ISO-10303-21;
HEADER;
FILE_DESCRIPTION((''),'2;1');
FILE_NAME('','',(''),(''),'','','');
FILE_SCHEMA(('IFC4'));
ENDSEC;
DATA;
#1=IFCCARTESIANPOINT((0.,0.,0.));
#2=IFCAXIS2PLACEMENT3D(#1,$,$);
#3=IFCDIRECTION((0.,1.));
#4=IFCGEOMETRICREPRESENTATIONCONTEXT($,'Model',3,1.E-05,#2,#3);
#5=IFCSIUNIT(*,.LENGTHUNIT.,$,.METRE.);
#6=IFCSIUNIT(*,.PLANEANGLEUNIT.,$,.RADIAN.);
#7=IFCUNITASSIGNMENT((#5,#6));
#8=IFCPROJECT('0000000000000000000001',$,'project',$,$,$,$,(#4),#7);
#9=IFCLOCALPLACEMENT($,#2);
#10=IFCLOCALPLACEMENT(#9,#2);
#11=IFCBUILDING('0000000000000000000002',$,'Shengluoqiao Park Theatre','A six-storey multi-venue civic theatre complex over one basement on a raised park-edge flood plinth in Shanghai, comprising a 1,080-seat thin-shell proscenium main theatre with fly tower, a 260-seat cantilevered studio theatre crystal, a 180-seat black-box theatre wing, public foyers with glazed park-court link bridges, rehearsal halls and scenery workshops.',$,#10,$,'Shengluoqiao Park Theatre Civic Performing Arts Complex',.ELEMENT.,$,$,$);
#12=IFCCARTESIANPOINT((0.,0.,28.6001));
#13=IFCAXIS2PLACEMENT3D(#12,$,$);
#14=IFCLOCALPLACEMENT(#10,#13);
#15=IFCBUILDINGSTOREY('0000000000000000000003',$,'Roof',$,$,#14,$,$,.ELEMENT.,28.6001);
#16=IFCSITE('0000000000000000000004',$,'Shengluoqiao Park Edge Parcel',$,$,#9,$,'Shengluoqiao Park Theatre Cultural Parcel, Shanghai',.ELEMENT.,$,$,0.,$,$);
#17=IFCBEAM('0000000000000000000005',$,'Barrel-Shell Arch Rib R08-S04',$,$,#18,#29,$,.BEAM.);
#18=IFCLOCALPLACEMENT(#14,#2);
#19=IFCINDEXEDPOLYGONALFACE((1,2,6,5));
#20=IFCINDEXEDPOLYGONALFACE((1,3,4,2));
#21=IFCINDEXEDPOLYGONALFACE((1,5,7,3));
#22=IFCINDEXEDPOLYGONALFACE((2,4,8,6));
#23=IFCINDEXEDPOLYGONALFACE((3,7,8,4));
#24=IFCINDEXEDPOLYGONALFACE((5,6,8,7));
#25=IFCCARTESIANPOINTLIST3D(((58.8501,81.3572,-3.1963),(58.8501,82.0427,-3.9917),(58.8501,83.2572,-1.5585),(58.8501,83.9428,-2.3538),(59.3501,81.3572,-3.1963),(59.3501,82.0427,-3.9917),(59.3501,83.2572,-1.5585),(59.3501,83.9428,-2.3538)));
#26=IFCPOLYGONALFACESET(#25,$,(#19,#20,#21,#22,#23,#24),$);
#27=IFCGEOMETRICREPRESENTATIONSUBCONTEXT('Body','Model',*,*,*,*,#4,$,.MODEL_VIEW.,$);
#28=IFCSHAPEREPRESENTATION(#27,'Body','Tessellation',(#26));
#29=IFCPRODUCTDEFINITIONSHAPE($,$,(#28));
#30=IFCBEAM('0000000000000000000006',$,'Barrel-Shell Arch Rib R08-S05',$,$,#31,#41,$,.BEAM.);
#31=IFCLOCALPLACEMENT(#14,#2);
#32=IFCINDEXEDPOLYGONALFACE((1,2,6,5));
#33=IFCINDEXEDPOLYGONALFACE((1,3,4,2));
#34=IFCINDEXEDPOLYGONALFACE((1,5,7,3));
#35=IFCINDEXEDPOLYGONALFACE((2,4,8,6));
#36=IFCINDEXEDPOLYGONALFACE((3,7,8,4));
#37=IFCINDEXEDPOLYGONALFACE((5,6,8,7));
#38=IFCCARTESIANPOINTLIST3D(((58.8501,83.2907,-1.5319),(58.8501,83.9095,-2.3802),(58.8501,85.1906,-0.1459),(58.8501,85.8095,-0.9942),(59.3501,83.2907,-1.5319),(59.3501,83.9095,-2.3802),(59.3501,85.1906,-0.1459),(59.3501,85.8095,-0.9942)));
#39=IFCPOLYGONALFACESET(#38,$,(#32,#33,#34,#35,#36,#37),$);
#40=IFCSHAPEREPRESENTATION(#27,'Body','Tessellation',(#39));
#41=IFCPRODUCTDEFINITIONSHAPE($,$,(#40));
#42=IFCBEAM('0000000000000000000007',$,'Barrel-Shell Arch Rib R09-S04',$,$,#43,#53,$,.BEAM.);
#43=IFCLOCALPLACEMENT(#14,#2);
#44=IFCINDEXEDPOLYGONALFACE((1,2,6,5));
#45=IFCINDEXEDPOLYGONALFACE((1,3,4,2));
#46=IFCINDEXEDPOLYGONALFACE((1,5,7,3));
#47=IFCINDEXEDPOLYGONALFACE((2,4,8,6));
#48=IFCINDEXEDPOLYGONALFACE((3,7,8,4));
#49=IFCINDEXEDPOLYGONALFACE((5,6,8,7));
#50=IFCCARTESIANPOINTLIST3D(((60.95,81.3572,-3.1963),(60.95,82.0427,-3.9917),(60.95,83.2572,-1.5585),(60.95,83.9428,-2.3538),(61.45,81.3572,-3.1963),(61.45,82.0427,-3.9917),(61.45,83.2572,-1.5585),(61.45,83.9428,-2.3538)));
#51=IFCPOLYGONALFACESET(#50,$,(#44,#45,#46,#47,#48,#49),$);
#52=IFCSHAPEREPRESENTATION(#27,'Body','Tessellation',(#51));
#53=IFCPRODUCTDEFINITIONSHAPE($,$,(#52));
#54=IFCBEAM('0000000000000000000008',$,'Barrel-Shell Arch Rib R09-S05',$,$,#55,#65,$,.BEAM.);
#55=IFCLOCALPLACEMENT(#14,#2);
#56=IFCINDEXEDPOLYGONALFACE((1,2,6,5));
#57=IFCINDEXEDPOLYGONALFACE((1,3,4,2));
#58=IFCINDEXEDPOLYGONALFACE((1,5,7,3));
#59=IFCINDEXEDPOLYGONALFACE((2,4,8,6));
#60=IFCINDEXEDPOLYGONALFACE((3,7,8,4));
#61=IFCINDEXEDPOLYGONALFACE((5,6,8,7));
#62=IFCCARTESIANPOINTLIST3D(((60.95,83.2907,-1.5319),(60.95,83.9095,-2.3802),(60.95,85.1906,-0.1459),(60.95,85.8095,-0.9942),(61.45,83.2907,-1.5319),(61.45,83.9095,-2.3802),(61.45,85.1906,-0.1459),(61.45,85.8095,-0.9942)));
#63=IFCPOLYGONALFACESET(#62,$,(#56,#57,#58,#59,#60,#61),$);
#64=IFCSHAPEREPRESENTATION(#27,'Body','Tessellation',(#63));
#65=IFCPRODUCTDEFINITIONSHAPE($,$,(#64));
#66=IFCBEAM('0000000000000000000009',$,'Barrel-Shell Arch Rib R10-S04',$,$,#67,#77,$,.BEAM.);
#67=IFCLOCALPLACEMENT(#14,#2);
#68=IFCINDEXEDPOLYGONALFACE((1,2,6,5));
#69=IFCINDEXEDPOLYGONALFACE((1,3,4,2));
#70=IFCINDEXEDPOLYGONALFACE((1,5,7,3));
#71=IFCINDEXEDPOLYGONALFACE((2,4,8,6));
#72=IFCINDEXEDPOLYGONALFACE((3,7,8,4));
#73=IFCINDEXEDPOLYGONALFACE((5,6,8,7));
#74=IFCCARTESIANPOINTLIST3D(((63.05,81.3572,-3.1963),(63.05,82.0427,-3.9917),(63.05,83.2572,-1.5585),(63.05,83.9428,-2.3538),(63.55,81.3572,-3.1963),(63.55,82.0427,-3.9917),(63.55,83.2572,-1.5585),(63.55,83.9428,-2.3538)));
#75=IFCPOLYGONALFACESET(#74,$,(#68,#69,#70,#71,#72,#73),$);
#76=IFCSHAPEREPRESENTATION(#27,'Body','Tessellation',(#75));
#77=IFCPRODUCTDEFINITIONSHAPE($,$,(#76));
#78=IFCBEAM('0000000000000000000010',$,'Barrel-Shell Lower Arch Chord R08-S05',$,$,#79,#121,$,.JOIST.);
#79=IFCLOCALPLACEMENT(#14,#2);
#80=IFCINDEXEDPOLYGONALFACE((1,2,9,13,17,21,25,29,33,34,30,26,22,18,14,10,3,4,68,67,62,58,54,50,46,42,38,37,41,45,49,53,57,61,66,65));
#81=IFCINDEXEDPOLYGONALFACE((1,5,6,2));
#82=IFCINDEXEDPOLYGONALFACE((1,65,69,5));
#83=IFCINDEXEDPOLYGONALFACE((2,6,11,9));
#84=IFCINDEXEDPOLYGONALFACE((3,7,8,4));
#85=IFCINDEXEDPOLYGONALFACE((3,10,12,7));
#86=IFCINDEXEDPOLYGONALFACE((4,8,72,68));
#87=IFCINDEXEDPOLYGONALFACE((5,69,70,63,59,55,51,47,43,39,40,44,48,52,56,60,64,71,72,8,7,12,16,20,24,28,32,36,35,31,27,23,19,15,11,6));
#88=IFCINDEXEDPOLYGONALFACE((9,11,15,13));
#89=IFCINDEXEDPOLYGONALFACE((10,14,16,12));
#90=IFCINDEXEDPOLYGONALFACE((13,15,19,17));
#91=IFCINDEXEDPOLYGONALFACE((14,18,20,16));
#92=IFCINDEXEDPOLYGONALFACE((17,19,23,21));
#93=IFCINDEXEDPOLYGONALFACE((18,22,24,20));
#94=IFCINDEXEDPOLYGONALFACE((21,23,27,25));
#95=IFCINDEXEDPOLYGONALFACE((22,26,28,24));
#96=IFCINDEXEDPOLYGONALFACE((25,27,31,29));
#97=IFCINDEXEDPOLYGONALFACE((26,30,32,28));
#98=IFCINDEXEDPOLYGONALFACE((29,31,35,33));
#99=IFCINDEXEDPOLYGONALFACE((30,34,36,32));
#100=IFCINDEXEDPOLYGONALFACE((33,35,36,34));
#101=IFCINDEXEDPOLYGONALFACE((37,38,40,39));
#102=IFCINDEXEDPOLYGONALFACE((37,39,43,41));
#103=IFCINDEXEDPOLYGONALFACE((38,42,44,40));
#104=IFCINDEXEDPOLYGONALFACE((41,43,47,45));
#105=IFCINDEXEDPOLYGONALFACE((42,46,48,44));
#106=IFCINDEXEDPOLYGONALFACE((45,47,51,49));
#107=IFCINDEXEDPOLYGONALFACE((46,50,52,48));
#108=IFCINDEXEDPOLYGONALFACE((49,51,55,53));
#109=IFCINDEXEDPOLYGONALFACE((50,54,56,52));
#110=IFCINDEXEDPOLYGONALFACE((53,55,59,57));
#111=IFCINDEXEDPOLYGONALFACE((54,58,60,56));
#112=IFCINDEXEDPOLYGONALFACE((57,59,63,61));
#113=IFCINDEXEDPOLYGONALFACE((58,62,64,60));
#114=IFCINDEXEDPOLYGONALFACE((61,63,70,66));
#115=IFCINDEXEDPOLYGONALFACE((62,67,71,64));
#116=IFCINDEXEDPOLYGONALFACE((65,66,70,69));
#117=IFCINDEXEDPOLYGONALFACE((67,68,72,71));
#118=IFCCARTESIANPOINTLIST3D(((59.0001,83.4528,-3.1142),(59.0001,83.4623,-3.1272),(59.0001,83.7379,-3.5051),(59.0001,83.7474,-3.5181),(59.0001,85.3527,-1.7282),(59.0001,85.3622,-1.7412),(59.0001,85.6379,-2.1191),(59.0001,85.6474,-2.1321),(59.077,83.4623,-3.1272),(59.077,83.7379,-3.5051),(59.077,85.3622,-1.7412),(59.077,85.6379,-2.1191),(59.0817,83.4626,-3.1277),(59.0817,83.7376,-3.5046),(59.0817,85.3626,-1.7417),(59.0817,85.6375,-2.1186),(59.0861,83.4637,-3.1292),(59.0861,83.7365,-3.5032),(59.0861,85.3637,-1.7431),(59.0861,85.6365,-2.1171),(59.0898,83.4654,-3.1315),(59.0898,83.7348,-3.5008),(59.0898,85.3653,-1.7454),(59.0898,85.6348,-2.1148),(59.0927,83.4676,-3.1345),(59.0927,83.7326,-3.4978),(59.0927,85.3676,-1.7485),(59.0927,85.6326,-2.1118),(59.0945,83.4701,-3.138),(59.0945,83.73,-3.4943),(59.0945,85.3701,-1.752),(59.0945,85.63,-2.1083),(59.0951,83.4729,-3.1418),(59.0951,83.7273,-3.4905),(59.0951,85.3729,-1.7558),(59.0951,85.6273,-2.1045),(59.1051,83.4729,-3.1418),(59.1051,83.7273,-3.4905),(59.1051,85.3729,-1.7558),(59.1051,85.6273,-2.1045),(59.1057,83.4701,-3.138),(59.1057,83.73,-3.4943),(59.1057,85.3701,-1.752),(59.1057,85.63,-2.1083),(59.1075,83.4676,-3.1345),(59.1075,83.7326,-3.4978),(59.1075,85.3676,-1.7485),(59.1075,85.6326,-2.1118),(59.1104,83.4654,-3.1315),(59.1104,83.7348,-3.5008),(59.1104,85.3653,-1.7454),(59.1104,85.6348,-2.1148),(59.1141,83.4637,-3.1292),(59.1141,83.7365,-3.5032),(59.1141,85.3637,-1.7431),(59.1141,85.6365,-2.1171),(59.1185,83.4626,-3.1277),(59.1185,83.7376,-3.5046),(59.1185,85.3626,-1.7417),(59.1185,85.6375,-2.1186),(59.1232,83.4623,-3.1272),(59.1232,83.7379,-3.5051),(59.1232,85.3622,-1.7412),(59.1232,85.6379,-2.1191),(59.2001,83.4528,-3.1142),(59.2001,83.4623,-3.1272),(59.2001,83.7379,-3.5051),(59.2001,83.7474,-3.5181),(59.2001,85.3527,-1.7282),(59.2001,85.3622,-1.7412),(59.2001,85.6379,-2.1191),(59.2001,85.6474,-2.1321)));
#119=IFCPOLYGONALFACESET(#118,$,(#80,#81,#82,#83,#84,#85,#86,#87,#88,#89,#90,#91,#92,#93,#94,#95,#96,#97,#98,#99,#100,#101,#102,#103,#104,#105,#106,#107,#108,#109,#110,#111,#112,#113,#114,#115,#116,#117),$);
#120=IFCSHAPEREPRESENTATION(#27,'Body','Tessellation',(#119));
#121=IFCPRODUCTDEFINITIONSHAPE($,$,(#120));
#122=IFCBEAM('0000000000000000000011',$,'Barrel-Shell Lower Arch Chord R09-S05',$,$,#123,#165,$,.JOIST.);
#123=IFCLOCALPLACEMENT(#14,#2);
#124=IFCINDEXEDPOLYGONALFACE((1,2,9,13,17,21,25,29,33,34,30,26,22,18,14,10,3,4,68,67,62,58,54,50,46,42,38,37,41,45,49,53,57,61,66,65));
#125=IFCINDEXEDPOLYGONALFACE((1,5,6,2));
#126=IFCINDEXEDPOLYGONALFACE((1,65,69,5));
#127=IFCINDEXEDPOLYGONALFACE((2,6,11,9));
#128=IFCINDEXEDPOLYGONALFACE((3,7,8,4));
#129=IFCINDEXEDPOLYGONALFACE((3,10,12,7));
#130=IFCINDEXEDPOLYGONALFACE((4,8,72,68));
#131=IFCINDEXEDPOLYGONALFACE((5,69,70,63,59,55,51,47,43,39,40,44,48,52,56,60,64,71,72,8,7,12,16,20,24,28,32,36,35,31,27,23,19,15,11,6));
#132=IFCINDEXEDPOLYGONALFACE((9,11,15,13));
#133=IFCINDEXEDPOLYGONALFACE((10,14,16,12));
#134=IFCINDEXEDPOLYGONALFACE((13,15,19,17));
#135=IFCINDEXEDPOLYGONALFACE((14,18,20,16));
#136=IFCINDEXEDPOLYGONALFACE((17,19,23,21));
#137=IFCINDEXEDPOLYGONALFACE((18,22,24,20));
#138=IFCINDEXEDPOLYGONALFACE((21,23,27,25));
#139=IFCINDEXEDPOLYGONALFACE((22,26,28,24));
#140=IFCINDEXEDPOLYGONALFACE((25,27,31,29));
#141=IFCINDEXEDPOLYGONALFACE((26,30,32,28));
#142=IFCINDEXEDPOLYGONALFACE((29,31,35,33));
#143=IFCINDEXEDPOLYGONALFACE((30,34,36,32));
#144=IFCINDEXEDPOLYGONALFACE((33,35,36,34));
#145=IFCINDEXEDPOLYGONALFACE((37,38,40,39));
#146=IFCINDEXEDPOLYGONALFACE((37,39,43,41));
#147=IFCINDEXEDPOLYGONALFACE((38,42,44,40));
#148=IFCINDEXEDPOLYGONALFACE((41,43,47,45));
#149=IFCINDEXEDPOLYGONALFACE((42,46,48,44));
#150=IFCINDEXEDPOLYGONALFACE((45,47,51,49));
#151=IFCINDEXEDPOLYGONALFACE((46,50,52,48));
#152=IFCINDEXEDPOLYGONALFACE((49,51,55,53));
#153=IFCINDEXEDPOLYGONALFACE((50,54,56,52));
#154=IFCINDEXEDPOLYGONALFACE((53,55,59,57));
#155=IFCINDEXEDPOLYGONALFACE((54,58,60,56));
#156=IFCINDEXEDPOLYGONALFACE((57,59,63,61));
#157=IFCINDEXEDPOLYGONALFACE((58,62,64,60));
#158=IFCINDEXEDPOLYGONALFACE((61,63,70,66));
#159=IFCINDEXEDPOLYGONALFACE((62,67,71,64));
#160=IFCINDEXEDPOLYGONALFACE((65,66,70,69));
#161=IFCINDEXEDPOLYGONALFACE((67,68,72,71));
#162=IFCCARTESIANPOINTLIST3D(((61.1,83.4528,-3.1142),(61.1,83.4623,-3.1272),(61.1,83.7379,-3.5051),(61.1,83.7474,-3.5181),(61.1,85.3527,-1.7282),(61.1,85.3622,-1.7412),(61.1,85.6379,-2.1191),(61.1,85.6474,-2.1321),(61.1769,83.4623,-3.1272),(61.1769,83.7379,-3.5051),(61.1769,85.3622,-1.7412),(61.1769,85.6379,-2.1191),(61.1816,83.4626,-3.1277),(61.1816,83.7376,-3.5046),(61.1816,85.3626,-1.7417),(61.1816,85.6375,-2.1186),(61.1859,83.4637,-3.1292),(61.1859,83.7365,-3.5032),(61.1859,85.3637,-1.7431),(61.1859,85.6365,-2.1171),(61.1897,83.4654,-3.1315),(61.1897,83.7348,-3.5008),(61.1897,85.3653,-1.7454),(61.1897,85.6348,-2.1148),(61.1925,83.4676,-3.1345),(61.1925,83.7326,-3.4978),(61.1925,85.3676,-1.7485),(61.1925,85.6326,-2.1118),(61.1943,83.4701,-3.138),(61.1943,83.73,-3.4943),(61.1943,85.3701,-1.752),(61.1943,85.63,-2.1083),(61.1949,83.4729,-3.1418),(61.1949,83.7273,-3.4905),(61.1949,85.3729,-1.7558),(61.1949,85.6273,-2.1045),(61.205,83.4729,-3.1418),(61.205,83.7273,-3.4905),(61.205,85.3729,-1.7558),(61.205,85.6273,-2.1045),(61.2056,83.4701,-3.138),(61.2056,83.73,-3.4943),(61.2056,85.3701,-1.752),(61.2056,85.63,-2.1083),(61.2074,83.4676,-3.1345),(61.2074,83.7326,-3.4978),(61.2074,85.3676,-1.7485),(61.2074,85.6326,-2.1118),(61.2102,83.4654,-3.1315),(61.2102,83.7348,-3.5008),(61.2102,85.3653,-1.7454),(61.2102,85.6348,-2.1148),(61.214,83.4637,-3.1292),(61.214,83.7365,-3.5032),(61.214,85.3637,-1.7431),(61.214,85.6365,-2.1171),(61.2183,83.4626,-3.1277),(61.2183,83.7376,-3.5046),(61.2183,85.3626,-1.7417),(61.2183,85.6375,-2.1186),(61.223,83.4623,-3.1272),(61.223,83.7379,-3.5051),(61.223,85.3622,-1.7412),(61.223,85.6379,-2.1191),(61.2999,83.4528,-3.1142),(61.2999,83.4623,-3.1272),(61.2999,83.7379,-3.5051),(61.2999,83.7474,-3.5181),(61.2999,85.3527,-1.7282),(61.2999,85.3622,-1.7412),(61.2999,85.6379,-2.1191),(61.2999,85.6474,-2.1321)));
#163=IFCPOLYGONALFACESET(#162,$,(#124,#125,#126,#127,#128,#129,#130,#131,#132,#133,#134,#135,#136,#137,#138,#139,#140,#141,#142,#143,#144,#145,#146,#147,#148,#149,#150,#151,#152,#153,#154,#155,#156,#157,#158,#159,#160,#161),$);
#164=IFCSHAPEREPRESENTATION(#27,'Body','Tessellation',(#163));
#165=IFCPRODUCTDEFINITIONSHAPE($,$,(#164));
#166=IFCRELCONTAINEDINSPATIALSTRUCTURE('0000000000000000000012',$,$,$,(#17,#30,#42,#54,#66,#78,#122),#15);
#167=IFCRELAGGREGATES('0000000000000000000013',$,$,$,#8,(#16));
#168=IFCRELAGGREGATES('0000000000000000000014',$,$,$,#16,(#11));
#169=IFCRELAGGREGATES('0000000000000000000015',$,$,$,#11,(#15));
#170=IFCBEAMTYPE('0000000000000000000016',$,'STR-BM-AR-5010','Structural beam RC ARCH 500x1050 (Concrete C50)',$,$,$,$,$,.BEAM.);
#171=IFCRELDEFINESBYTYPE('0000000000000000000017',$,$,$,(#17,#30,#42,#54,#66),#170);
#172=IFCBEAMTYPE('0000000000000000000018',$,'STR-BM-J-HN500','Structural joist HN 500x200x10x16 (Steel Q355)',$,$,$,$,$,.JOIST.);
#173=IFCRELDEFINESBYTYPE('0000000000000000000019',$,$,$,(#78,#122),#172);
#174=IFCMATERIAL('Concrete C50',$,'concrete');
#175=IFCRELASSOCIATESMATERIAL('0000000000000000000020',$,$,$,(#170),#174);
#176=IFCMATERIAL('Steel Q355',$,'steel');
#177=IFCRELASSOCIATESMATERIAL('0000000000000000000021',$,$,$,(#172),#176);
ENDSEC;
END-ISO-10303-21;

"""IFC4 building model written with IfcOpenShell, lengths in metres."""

from ifc_helpers import new_model, si_unit, direction, frame, origin, origin_2d, place, context, subcontext, project, spatial, rectangle, i_section, extrude, material, material_profile, profile_set, type_object, element, save


model = new_model("IFC4")

# Units and contexts
model_context = context("Model", 3, precision=1e-05, world=origin(), true_north=direction((0.0, 1.0)))
body_context = subcontext(model_context, "Body", "Model", "MODEL_VIEW")
ifc_project = project(units=[si_unit("LENGTHUNIT", "METRE"), si_unit("PLANEANGLEUNIT", "RADIAN")], contexts=[model_context])

# Site, building, storey
site_placement = place(None, origin())
site = spatial("IfcSite", under=ifc_project, at=site_placement, Name="Shengluoqiao Park Edge Parcel", LongName="Shengluoqiao Park Theatre Cultural Parcel, Shanghai", CompositionType="ELEMENT", RefElevation=0.0)
building_placement = place(site_placement, origin())
building = spatial("IfcBuilding", under=site, at=building_placement, Name="Shengluoqiao Park Theatre", Description="A six-storey multi-venue civic theatre complex over one basement on a raised park-edge flood plinth in Shanghai, comprising a 1,080-seat thin-shell proscenium main theatre with fly tower, a 260-seat cantilevered studio theatre crystal, a 180-seat black-box theatre wing, public foyers with glazed park-court link bridges, rehearsal halls and scenery workshops.", LongName="Shengluoqiao Park Theatre Civic Performing Arts Complex", CompositionType="ELEMENT")
storey_placement = place(building_placement, frame((0.0, 0.0, 28.6001)))
storey = spatial("IfcBuildingStorey", under=building, at=storey_placement, Name="Roof", CompositionType="ELEMENT", Elevation=28.6001)

# Beams
ifc_material_1 = material(Name="Concrete C50", Category="concrete")
ifc_material_profile_1 = material_profile(ifc_material_1, rectangle(XDim=0.5, YDim=1.05, at=origin_2d()), Name="RC ARCH 500x1050")
ifc_profile_set_1 = profile_set([ifc_material_profile_1], Name="Concrete C50")
beam_type_1 = type_object("IfcBeamType", Name="STR-BM-AR-5010", Description="Structural beam RC ARCH 500x1050 (Concrete C50)", PredefinedType="BEAM", material=ifc_profile_set_1)
beam_1_placement = place(storey_placement, frame((59.1001, 81.7, -3.594), z_axis=(0.0, 0.757433, 0.652913), x_axis=(-1.0, 0.0, 0.0)))
element("IfcBeam", 1, at=beam_1_placement, inside=storey, type_object=beam_type_1, Name="Barrel-Shell Arch Rib R08-S04", PredefinedType="BEAM", context=body_context, shape_type="SweptSolid", body=[
    extrude(rectangle(XDim=0.5, YDim=1.05, at=origin_2d()), origin(), (0.0, 0.0, 1.0), 2.5085),
])
beam_2_placement = place(storey_placement, frame((59.1001, 83.6001, -1.9561), z_axis=(0.0, 0.807878, 0.58935), x_axis=(-1.0, 0.0, 0.0)))
element("IfcBeam", 2, at=beam_2_placement, inside=storey, type_object=beam_type_1, Name="Barrel-Shell Arch Rib R08-S05", PredefinedType="BEAM", context=body_context, shape_type="SweptSolid", body=[
    extrude(rectangle(XDim=0.5, YDim=1.05, at=origin_2d()), origin(), (0.0, 0.0, 1.0), 2.3518),
])
beam_3_placement = place(storey_placement, frame((61.2, 81.7, -3.594), z_axis=(0.0, 0.757433, 0.652913), x_axis=(-1.0, 0.0, 0.0)))
element("IfcBeam", 3, at=beam_3_placement, inside=storey, type_object=beam_type_1, Name="Barrel-Shell Arch Rib R09-S04", PredefinedType="BEAM", context=body_context, shape_type="SweptSolid", body=[
    extrude(rectangle(XDim=0.5, YDim=1.05, at=origin_2d()), origin(), (0.0, 0.0, 1.0), 2.5085),
])
beam_4_placement = place(storey_placement, frame((61.2, 83.6001, -1.9561), z_axis=(0.0, 0.807878, 0.58935), x_axis=(-1.0, 0.0, 0.0)))
element("IfcBeam", 4, at=beam_4_placement, inside=storey, type_object=beam_type_1, Name="Barrel-Shell Arch Rib R09-S05", PredefinedType="BEAM", context=body_context, shape_type="SweptSolid", body=[
    extrude(rectangle(XDim=0.5, YDim=1.05, at=origin_2d()), origin(), (0.0, 0.0, 1.0), 2.3518),
])
beam_5_placement = place(storey_placement, frame((63.3, 81.7, -3.594), z_axis=(0.0, 0.757433, 0.652913), x_axis=(-1.0, 0.0, 0.0)))
element("IfcBeam", 5, at=beam_5_placement, inside=storey, type_object=beam_type_1, Name="Barrel-Shell Arch Rib R10-S04", PredefinedType="BEAM", context=body_context, shape_type="SweptSolid", body=[
    extrude(rectangle(XDim=0.5, YDim=1.05, at=origin_2d()), origin(), (0.0, 0.0, 1.0), 2.5085),
])
ifc_material_2 = material(Name="Steel Q355", Category="steel")
ifc_material_profile_2 = material_profile(ifc_material_2, i_section(OverallWidth=0.2, OverallDepth=0.5, WebThickness=0.01, FlangeThickness=0.0161, FilletRadius=0.0181, at=origin_2d()), Name="HN 500x200x10x16")
ifc_profile_set_2 = profile_set([ifc_material_profile_2], Name="Steel Q355")
beam_type_2 = type_object("IfcBeamType", Name="STR-BM-J-HN500", Description="Structural joist HN 500x200x10x16 (Steel Q355)", PredefinedType="JOIST", material=ifc_profile_set_2)
for number, where, z_axis, x_axis, name in (
    (6, (59.1001, 83.6001, -3.3162), (0.0, 0.807878, 0.58935), (-1.0, 0.0, 0.0), "Barrel-Shell Lower Arch Chord R08-S05"),
    (7, (61.2, 83.6001, -3.3162), (0.0, 0.807878, 0.58935), (-1.0, 0.0, 0.0), "Barrel-Shell Lower Arch Chord R09-S05"),
):
    element("IfcBeam", number, at=place(storey_placement, frame(where, z_axis=z_axis, x_axis=x_axis)), inside=storey, type_object=beam_type_2, Name=name, PredefinedType="JOIST", context=body_context, shape_type="SweptSolid", body=[
        extrude(i_section(OverallWidth=0.2, OverallDepth=0.5, WebThickness=0.01, FlangeThickness=0.0161, FilletRadius=0.0181, at=origin_2d()), origin(), (0.0, 0.0, 1.0), 2.3518),
    ])

save(model, "model.ifc")
